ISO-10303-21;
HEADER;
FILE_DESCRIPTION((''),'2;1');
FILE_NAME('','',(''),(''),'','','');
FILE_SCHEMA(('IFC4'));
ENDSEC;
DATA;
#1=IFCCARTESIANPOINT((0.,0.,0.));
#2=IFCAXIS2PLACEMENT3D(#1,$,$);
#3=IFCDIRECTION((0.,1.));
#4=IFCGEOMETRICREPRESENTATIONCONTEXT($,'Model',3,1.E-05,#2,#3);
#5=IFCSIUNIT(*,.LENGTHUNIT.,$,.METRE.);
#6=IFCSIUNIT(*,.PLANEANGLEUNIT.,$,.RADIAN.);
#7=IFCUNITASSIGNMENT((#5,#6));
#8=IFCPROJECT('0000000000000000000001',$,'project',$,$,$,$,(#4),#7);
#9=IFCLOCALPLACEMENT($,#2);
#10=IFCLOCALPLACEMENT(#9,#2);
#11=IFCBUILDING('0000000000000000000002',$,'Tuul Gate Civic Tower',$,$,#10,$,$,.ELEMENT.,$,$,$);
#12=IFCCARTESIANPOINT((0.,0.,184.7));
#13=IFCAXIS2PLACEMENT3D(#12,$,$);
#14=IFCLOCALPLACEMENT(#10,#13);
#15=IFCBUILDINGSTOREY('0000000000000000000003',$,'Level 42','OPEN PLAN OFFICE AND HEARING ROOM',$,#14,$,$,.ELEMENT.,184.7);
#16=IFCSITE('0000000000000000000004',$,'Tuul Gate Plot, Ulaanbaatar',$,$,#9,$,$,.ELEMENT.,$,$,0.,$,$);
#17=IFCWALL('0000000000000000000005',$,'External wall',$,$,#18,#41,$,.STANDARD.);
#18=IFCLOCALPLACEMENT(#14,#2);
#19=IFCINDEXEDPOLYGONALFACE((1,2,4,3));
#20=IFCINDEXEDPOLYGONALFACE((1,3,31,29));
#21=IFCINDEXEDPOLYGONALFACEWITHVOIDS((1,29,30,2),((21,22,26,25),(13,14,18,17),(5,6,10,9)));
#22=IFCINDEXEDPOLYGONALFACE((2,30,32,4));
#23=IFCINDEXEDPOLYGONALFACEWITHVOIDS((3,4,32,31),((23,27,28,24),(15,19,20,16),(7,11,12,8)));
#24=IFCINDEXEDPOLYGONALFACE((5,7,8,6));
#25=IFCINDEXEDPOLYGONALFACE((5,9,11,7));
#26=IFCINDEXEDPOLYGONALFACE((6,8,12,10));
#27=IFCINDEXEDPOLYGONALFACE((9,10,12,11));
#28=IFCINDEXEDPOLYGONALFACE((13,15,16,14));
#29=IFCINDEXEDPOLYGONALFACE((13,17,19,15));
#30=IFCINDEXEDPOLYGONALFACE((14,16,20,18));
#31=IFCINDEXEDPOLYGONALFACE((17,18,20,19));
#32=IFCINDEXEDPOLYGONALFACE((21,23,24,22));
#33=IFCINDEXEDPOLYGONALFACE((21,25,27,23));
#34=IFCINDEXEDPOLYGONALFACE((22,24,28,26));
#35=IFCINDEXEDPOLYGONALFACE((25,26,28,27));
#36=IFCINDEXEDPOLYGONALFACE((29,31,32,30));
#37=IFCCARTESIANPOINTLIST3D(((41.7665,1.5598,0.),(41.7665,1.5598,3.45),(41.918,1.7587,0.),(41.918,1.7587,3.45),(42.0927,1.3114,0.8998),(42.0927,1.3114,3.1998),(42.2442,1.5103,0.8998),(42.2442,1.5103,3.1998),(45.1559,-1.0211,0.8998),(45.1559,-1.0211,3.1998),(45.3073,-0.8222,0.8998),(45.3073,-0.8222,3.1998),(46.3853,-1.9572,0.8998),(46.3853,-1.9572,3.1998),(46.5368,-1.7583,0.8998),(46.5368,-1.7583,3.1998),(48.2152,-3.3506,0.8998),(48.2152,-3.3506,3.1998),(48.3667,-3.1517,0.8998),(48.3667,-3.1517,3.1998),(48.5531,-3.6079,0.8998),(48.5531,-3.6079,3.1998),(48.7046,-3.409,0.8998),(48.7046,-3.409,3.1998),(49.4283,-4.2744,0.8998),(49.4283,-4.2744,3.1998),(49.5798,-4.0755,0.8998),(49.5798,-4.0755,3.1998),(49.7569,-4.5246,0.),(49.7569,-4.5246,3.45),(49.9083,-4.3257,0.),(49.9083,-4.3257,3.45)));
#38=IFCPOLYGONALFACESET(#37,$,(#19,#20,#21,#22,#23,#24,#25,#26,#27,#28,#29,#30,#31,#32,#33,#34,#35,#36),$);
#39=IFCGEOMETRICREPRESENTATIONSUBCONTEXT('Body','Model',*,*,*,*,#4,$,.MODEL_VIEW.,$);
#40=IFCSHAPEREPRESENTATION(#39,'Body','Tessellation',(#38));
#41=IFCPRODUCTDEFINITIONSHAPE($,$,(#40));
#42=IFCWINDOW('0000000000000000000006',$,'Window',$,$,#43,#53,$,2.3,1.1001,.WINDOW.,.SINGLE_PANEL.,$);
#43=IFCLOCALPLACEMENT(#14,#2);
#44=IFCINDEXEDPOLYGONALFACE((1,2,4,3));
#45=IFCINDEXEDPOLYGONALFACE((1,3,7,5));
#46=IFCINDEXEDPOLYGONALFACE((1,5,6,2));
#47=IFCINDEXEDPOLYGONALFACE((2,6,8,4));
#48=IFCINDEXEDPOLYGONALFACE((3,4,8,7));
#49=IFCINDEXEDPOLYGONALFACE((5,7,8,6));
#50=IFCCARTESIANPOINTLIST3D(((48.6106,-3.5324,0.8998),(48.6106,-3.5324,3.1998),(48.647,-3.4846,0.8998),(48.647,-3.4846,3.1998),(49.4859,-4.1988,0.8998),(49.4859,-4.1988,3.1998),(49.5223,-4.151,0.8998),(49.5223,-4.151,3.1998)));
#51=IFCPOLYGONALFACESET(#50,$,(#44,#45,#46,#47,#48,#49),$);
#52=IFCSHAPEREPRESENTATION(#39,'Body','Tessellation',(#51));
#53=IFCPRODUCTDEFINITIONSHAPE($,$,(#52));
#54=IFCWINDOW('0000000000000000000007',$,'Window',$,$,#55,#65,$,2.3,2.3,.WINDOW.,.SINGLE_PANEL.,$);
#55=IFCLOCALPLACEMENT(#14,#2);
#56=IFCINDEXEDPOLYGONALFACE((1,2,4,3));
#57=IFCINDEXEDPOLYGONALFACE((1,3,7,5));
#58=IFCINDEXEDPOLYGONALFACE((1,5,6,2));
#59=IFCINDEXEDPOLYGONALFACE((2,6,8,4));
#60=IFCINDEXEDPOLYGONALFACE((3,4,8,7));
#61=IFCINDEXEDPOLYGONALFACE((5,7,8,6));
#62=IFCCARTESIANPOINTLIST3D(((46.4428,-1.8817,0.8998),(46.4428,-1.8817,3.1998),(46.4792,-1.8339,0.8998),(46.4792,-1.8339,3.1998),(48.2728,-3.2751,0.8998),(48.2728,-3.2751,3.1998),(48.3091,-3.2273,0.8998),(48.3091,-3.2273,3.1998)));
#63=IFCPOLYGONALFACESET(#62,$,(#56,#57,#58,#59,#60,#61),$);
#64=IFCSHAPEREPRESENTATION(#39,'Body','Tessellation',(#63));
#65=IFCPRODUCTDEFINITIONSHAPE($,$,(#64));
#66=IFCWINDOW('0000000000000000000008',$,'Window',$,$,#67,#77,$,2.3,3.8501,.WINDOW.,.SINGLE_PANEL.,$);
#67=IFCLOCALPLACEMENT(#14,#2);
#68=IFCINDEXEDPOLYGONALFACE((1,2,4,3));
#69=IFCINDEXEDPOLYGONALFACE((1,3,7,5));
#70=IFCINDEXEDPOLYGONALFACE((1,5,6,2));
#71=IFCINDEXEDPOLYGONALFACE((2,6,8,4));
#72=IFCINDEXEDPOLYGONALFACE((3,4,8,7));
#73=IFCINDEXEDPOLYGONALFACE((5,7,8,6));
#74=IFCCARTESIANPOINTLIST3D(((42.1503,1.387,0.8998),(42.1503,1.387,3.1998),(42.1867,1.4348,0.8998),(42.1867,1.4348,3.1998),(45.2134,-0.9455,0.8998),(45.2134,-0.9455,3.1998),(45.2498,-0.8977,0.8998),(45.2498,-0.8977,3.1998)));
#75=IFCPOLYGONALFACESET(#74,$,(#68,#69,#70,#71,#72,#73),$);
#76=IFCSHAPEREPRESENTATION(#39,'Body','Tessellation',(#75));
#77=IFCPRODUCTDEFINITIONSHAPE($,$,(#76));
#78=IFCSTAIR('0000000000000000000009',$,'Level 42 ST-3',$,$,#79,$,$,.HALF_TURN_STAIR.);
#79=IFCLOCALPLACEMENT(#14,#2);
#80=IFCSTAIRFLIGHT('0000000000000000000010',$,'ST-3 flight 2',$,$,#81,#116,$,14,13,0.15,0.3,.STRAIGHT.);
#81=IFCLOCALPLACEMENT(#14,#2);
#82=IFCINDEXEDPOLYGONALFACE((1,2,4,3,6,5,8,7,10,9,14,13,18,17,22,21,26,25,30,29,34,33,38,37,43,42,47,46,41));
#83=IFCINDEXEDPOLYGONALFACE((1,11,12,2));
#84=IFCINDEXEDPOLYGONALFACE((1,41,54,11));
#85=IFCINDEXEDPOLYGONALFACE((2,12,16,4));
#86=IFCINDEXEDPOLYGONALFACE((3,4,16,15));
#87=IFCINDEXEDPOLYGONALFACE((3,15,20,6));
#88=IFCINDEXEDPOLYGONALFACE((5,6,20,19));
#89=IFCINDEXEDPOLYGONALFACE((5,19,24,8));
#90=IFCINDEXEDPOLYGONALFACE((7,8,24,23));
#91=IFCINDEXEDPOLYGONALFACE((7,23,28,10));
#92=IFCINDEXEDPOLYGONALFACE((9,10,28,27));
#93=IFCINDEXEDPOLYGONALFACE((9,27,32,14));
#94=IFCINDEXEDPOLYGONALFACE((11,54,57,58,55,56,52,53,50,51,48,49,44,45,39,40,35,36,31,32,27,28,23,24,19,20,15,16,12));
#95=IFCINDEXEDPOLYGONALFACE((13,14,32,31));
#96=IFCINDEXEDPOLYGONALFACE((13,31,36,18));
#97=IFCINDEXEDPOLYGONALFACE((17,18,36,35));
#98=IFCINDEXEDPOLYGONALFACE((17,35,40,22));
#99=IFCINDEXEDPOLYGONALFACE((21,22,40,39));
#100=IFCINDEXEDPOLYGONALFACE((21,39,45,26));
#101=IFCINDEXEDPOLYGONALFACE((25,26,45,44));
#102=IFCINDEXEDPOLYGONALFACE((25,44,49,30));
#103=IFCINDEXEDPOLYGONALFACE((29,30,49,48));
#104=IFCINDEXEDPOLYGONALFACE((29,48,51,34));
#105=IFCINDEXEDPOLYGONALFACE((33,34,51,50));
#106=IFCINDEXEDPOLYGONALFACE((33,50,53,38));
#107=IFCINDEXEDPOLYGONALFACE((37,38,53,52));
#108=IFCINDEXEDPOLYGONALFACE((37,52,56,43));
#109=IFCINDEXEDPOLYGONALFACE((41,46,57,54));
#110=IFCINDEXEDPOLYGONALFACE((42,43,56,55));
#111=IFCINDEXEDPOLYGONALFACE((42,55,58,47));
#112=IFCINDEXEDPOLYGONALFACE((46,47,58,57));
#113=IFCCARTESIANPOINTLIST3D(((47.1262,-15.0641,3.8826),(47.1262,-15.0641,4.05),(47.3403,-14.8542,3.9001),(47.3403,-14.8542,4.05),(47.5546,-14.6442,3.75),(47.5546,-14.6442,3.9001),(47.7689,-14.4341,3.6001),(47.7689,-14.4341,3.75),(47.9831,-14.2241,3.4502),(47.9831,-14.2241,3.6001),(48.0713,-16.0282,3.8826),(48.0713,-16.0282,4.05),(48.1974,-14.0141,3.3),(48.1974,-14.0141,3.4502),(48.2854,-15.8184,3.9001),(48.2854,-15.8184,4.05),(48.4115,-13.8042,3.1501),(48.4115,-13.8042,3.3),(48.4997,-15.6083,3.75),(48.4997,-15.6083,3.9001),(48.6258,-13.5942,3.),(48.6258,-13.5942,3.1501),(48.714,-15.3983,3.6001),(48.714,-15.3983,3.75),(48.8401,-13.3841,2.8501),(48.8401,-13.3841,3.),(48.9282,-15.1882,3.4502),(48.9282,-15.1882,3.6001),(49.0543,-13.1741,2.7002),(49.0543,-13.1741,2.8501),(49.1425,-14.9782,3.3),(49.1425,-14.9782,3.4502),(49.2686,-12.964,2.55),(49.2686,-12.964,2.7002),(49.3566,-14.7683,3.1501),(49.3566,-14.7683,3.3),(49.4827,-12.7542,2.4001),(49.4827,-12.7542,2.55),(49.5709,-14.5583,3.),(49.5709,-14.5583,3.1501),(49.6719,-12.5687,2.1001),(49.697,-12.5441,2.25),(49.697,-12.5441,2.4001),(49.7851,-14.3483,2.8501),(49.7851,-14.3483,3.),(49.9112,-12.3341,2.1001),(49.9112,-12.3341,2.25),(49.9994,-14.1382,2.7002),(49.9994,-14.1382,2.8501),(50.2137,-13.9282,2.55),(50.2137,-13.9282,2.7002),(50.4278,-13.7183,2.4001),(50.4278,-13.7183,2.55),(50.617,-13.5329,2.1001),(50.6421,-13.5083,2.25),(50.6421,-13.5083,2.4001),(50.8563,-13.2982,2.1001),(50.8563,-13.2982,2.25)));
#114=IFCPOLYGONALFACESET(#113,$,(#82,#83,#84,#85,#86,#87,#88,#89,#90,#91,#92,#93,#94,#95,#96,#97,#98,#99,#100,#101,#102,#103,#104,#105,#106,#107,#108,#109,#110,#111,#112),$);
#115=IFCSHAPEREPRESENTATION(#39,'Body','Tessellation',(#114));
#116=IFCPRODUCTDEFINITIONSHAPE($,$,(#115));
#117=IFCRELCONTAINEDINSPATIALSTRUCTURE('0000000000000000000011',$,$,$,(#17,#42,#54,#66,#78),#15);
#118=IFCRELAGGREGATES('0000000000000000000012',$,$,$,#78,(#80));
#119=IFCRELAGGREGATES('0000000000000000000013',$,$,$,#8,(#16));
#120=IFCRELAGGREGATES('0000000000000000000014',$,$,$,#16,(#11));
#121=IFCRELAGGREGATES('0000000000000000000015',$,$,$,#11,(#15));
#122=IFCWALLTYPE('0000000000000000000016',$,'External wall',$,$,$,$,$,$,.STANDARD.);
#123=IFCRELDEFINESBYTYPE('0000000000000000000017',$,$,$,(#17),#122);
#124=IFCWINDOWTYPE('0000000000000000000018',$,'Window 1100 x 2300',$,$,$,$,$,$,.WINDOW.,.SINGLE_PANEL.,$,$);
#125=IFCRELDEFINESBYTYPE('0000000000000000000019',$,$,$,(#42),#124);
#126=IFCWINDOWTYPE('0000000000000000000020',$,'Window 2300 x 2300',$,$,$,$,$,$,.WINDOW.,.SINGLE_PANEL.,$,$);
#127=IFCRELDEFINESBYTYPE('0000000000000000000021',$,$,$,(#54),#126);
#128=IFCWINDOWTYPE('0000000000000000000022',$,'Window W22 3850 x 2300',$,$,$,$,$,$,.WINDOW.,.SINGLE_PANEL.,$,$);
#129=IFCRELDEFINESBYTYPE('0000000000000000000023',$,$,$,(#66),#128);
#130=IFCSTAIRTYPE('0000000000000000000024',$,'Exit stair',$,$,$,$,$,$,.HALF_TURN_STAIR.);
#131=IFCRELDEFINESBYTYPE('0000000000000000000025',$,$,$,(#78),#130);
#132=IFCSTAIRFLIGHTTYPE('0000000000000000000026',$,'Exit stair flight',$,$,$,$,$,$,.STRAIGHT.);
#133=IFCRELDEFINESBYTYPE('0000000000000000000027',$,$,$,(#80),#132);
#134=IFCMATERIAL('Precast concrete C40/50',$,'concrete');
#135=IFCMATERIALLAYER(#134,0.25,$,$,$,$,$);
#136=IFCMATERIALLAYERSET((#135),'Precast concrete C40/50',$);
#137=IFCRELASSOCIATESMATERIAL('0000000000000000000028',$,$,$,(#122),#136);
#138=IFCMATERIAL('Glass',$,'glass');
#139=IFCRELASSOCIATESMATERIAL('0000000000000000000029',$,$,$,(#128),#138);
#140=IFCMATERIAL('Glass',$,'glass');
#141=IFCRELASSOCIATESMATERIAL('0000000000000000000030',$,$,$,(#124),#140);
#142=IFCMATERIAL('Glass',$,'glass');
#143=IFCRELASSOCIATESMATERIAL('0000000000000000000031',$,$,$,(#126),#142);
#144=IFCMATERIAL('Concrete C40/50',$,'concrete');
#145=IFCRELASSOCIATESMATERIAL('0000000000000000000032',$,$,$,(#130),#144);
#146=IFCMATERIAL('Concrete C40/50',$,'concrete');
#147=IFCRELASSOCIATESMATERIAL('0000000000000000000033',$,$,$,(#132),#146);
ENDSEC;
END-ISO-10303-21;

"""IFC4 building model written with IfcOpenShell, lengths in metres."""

from ifc_helpers import new_model, si_unit, direction, frame, frame_2d, origin, place, context, subcontext, project, spatial, polyline, rectangle, outline, extrude, material, layer, layer_set, type_object, element, fill, aggregate, save


model = new_model("IFC4")

# Units and contexts
model_context = context("Model", 3, precision=1e-05, world=origin(), true_north=direction((0.0, 1.0)))
body_context = subcontext(model_context, "Body", "Model", "MODEL_VIEW")
ifc_project = project(units=[si_unit("LENGTHUNIT", "METRE"), si_unit("PLANEANGLEUNIT", "RADIAN")], contexts=[model_context])

# Site, building, storey
site_placement = place(None, origin())
site = spatial("IfcSite", under=ifc_project, at=site_placement, Name="Tuul Gate Plot, Ulaanbaatar", CompositionType="ELEMENT", RefElevation=0.0)
building_placement = place(site_placement, origin())
building = spatial("IfcBuilding", under=site, at=building_placement, Name="Tuul Gate Civic Tower", CompositionType="ELEMENT")
storey_placement = place(building_placement, frame((0.0, 0.0, 184.7)))
storey = spatial("IfcBuildingStorey", under=building, at=storey_placement, Name="Level 42", Description="OPEN PLAN OFFICE AND HEARING ROOM", CompositionType="ELEMENT", Elevation=184.7)

# Wall, openings, windows
ifc_material_1 = material(Name="Precast concrete C40/50", Category="concrete")
ifc_layer_1 = layer(ifc_material_1, 0.25)
ifc_layer_set_1 = layer_set([ifc_layer_1], Name="Precast concrete C40/50")
wall_type_1 = type_object("IfcWallType", Name="External wall", PredefinedType="STANDARD", material=ifc_layer_set_1)
ifc_material_2 = material(Name="Glass", Category="glass")
window_type_1 = type_object("IfcWindowType", Name="Window W22 3850 x 2300", PartitioningType="SINGLE_PANEL", PredefinedType="WINDOW", material=ifc_material_2)
wall_1_placement = place(storey_placement, frame((49.8325, -4.425, 0.0), z_axis=(0.0, 0.0, 1.0), x_axis=(-0.7956, 0.605822, 0.0)))
wall_1 = element("IfcWall", 1, at=wall_1_placement, inside=storey, type_object=wall_type_1, Name="External wall", PredefinedType="STANDARD", context=body_context, shape_type="SweptSolid", body=[
    extrude(rectangle(XDim=10.0432, YDim=0.25, at=frame_2d((5.0215, 0.0))), origin(), (0.0, 0.0, 1.0), 3.45),
])
opening_1_placement = place(wall_1_placement, frame((5.783, 0.0, 0.8999)))
opening_1 = element("IfcOpeningElement", 2, at=opening_1_placement, cuts=wall_1, PredefinedType="OPENING", context=body_context, shape_type="SweptSolid", body=[
    extrude(rectangle(XDim=3.8501, YDim=2.3, at=frame_2d((1.925, 1.1499))), frame((0.0, 0.135, 0.0), z_axis=(0.0, -1.0, 0.0), x_axis=(1.0, 0.0, 0.0)), (0.0, 0.0, 1.0), 0.27),
])
opening_2_placement = place(wall_1_placement, frame((0.4128, 0.0, 0.8999)))
opening_2 = element("IfcOpeningElement", 3, at=opening_2_placement, cuts=wall_1, PredefinedType="OPENING", context=body_context, shape_type="SweptSolid", body=[
    extrude(rectangle(XDim=1.1001, YDim=2.3, at=frame_2d((0.55, 1.1499))), frame((0.0, 0.135, 0.0), z_axis=(0.0, -1.0, 0.0), x_axis=(1.0, 0.0, 0.0)), (0.0, 0.0, 1.0), 0.27),
])
opening_3_placement = place(wall_1_placement, frame((1.9377, 0.0, 0.8999)))
opening_3 = element("IfcOpeningElement", 4, at=opening_3_placement, cuts=wall_1, PredefinedType="OPENING", context=body_context, shape_type="SweptSolid", body=[
    extrude(rectangle(XDim=2.3, YDim=2.3, at=frame_2d((1.1499, 1.1499))), frame((0.0, 0.135, 0.0), z_axis=(0.0, -1.0, 0.0), x_axis=(1.0, 0.0, 0.0)), (0.0, 0.0, 1.0), 0.27),
])
ifc_material_3 = material(Name="Glass", Category="glass")
window_type_2 = type_object("IfcWindowType", Name="Window 1100 x 2300", PartitioningType="SINGLE_PANEL", PredefinedType="WINDOW", material=ifc_material_3)
window_1_placement = place(opening_2_placement, origin())
window_1 = element("IfcWindow", 5, at=window_1_placement, inside=storey, type_object=window_type_2, Name="Window", OverallHeight=2.3, OverallWidth=1.1001, PartitioningType="SINGLE_PANEL", PredefinedType="WINDOW", context=body_context, shape_type="SweptSolid", body=[
    extrude(rectangle(XDim=1.1001, YDim=2.3, at=frame_2d((0.55, 1.1499))), frame((0.0, 0.03, 0.0), z_axis=(0.0, -1.0, 0.0), x_axis=(1.0, 0.0, 0.0)), (0.0, 0.0, 1.0), 0.0601),
])
fill(opening_2, window_1)
ifc_material_4 = material(Name="Glass", Category="glass")
window_type_3 = type_object("IfcWindowType", Name="Window 2300 x 2300", PartitioningType="SINGLE_PANEL", PredefinedType="WINDOW", material=ifc_material_4)
window_2_placement = place(opening_3_placement, origin())
window_2 = element("IfcWindow", 6, at=window_2_placement, inside=storey, type_object=window_type_3, Name="Window", OverallHeight=2.3, OverallWidth=2.3, PartitioningType="SINGLE_PANEL", PredefinedType="WINDOW", context=body_context, shape_type="SweptSolid", body=[
    extrude(rectangle(XDim=2.3, YDim=2.3, at=frame_2d((1.1499, 1.1499))), frame((0.0, 0.03, 0.0), z_axis=(0.0, -1.0, 0.0), x_axis=(1.0, 0.0, 0.0)), (0.0, 0.0, 1.0), 0.0601),
])
fill(opening_3, window_2)
window_3_placement = place(opening_1_placement, origin())
window_3 = element("IfcWindow", 7, at=window_3_placement, inside=storey, type_object=window_type_1, Name="Window", OverallHeight=2.3, OverallWidth=3.8501, PartitioningType="SINGLE_PANEL", PredefinedType="WINDOW", context=body_context, shape_type="SweptSolid", body=[
    extrude(rectangle(XDim=3.8501, YDim=2.3, at=frame_2d((1.925, 1.1499))), frame((0.0, 0.03, 0.0), z_axis=(0.0, -1.0, 0.0), x_axis=(1.0, 0.0, 0.0)), (0.0, 0.0, 1.0), 0.0601),
])
fill(opening_1, window_3)

# Stair, stair flight
ifc_material_5 = material(Name="Concrete C40/50", Category="concrete")
stair_type = type_object("IfcStairType", Name="Exit stair", PredefinedType="HALF_TURN_STAIR", material=ifc_material_5)
stair_placement = place(storey_placement, origin())
stair = element("IfcStair", 8, at=stair_placement, inside=storey, type_object=stair_type, Name="Level 42 ST-3", PredefinedType="HALF_TURN_STAIR")
ifc_material_6 = material(Name="Concrete C40/50", Category="concrete")
stair_flight_type = type_object("IfcStairFlightType", Name="Exit stair flight", PredefinedType="STRAIGHT", material=ifc_material_6)
stair_flight_placement = place(storey_placement, frame((50.3838, -12.8162, 2.1001), z_axis=(0.0, 0.0, 1.0), x_axis=(-0.714127, -0.700016, 0.0)))
stair_flight = element("IfcStairFlight", 9, at=stair_flight_placement, type_object=stair_flight_type, Name="ST-3 flight 2", NumberOfRisers=14, NumberOfTreads=13, PredefinedType="STRAIGHT", RiserHeight=0.15, TreadLength=0.3, context=body_context, shape_type="SweptSolid", body=[
    extrude(outline(polyline([(0.0, 0.0), (0.0, 0.1499), (0.3, 0.1499), (0.3, 0.3), (0.6001, 0.3), (0.6001, 0.45), (0.8999, 0.45), (0.8999, 0.6001), (1.2, 0.6001), (1.2, 0.75), (1.5, 0.75), (1.5, 0.8999), (1.8, 0.8999), (1.8, 1.05), (2.1001, 1.05), (2.1001, 1.2), (2.3999, 1.2), (2.3999, 1.3501), (2.7, 1.3501), (2.7, 1.5), (3.0, 1.5), (3.0, 1.6499), (3.3, 1.6499), (3.3, 1.8), (3.6001, 1.8), (3.6001, 1.95), (3.8999, 1.95), (3.8999, 2.1001), (3.8999, 1.7825), (0.3352, 0.0), (0.0, 0.0)])), frame((0.0, 0.675, 0.0), z_axis=(0.0, -1.0, 0.0), x_axis=(1.0, 0.0, 0.0)), (0.0, 0.0, 1.0), 1.3501),
])
aggregate(stair, [stair_flight])

save(model, "model.ifc")
